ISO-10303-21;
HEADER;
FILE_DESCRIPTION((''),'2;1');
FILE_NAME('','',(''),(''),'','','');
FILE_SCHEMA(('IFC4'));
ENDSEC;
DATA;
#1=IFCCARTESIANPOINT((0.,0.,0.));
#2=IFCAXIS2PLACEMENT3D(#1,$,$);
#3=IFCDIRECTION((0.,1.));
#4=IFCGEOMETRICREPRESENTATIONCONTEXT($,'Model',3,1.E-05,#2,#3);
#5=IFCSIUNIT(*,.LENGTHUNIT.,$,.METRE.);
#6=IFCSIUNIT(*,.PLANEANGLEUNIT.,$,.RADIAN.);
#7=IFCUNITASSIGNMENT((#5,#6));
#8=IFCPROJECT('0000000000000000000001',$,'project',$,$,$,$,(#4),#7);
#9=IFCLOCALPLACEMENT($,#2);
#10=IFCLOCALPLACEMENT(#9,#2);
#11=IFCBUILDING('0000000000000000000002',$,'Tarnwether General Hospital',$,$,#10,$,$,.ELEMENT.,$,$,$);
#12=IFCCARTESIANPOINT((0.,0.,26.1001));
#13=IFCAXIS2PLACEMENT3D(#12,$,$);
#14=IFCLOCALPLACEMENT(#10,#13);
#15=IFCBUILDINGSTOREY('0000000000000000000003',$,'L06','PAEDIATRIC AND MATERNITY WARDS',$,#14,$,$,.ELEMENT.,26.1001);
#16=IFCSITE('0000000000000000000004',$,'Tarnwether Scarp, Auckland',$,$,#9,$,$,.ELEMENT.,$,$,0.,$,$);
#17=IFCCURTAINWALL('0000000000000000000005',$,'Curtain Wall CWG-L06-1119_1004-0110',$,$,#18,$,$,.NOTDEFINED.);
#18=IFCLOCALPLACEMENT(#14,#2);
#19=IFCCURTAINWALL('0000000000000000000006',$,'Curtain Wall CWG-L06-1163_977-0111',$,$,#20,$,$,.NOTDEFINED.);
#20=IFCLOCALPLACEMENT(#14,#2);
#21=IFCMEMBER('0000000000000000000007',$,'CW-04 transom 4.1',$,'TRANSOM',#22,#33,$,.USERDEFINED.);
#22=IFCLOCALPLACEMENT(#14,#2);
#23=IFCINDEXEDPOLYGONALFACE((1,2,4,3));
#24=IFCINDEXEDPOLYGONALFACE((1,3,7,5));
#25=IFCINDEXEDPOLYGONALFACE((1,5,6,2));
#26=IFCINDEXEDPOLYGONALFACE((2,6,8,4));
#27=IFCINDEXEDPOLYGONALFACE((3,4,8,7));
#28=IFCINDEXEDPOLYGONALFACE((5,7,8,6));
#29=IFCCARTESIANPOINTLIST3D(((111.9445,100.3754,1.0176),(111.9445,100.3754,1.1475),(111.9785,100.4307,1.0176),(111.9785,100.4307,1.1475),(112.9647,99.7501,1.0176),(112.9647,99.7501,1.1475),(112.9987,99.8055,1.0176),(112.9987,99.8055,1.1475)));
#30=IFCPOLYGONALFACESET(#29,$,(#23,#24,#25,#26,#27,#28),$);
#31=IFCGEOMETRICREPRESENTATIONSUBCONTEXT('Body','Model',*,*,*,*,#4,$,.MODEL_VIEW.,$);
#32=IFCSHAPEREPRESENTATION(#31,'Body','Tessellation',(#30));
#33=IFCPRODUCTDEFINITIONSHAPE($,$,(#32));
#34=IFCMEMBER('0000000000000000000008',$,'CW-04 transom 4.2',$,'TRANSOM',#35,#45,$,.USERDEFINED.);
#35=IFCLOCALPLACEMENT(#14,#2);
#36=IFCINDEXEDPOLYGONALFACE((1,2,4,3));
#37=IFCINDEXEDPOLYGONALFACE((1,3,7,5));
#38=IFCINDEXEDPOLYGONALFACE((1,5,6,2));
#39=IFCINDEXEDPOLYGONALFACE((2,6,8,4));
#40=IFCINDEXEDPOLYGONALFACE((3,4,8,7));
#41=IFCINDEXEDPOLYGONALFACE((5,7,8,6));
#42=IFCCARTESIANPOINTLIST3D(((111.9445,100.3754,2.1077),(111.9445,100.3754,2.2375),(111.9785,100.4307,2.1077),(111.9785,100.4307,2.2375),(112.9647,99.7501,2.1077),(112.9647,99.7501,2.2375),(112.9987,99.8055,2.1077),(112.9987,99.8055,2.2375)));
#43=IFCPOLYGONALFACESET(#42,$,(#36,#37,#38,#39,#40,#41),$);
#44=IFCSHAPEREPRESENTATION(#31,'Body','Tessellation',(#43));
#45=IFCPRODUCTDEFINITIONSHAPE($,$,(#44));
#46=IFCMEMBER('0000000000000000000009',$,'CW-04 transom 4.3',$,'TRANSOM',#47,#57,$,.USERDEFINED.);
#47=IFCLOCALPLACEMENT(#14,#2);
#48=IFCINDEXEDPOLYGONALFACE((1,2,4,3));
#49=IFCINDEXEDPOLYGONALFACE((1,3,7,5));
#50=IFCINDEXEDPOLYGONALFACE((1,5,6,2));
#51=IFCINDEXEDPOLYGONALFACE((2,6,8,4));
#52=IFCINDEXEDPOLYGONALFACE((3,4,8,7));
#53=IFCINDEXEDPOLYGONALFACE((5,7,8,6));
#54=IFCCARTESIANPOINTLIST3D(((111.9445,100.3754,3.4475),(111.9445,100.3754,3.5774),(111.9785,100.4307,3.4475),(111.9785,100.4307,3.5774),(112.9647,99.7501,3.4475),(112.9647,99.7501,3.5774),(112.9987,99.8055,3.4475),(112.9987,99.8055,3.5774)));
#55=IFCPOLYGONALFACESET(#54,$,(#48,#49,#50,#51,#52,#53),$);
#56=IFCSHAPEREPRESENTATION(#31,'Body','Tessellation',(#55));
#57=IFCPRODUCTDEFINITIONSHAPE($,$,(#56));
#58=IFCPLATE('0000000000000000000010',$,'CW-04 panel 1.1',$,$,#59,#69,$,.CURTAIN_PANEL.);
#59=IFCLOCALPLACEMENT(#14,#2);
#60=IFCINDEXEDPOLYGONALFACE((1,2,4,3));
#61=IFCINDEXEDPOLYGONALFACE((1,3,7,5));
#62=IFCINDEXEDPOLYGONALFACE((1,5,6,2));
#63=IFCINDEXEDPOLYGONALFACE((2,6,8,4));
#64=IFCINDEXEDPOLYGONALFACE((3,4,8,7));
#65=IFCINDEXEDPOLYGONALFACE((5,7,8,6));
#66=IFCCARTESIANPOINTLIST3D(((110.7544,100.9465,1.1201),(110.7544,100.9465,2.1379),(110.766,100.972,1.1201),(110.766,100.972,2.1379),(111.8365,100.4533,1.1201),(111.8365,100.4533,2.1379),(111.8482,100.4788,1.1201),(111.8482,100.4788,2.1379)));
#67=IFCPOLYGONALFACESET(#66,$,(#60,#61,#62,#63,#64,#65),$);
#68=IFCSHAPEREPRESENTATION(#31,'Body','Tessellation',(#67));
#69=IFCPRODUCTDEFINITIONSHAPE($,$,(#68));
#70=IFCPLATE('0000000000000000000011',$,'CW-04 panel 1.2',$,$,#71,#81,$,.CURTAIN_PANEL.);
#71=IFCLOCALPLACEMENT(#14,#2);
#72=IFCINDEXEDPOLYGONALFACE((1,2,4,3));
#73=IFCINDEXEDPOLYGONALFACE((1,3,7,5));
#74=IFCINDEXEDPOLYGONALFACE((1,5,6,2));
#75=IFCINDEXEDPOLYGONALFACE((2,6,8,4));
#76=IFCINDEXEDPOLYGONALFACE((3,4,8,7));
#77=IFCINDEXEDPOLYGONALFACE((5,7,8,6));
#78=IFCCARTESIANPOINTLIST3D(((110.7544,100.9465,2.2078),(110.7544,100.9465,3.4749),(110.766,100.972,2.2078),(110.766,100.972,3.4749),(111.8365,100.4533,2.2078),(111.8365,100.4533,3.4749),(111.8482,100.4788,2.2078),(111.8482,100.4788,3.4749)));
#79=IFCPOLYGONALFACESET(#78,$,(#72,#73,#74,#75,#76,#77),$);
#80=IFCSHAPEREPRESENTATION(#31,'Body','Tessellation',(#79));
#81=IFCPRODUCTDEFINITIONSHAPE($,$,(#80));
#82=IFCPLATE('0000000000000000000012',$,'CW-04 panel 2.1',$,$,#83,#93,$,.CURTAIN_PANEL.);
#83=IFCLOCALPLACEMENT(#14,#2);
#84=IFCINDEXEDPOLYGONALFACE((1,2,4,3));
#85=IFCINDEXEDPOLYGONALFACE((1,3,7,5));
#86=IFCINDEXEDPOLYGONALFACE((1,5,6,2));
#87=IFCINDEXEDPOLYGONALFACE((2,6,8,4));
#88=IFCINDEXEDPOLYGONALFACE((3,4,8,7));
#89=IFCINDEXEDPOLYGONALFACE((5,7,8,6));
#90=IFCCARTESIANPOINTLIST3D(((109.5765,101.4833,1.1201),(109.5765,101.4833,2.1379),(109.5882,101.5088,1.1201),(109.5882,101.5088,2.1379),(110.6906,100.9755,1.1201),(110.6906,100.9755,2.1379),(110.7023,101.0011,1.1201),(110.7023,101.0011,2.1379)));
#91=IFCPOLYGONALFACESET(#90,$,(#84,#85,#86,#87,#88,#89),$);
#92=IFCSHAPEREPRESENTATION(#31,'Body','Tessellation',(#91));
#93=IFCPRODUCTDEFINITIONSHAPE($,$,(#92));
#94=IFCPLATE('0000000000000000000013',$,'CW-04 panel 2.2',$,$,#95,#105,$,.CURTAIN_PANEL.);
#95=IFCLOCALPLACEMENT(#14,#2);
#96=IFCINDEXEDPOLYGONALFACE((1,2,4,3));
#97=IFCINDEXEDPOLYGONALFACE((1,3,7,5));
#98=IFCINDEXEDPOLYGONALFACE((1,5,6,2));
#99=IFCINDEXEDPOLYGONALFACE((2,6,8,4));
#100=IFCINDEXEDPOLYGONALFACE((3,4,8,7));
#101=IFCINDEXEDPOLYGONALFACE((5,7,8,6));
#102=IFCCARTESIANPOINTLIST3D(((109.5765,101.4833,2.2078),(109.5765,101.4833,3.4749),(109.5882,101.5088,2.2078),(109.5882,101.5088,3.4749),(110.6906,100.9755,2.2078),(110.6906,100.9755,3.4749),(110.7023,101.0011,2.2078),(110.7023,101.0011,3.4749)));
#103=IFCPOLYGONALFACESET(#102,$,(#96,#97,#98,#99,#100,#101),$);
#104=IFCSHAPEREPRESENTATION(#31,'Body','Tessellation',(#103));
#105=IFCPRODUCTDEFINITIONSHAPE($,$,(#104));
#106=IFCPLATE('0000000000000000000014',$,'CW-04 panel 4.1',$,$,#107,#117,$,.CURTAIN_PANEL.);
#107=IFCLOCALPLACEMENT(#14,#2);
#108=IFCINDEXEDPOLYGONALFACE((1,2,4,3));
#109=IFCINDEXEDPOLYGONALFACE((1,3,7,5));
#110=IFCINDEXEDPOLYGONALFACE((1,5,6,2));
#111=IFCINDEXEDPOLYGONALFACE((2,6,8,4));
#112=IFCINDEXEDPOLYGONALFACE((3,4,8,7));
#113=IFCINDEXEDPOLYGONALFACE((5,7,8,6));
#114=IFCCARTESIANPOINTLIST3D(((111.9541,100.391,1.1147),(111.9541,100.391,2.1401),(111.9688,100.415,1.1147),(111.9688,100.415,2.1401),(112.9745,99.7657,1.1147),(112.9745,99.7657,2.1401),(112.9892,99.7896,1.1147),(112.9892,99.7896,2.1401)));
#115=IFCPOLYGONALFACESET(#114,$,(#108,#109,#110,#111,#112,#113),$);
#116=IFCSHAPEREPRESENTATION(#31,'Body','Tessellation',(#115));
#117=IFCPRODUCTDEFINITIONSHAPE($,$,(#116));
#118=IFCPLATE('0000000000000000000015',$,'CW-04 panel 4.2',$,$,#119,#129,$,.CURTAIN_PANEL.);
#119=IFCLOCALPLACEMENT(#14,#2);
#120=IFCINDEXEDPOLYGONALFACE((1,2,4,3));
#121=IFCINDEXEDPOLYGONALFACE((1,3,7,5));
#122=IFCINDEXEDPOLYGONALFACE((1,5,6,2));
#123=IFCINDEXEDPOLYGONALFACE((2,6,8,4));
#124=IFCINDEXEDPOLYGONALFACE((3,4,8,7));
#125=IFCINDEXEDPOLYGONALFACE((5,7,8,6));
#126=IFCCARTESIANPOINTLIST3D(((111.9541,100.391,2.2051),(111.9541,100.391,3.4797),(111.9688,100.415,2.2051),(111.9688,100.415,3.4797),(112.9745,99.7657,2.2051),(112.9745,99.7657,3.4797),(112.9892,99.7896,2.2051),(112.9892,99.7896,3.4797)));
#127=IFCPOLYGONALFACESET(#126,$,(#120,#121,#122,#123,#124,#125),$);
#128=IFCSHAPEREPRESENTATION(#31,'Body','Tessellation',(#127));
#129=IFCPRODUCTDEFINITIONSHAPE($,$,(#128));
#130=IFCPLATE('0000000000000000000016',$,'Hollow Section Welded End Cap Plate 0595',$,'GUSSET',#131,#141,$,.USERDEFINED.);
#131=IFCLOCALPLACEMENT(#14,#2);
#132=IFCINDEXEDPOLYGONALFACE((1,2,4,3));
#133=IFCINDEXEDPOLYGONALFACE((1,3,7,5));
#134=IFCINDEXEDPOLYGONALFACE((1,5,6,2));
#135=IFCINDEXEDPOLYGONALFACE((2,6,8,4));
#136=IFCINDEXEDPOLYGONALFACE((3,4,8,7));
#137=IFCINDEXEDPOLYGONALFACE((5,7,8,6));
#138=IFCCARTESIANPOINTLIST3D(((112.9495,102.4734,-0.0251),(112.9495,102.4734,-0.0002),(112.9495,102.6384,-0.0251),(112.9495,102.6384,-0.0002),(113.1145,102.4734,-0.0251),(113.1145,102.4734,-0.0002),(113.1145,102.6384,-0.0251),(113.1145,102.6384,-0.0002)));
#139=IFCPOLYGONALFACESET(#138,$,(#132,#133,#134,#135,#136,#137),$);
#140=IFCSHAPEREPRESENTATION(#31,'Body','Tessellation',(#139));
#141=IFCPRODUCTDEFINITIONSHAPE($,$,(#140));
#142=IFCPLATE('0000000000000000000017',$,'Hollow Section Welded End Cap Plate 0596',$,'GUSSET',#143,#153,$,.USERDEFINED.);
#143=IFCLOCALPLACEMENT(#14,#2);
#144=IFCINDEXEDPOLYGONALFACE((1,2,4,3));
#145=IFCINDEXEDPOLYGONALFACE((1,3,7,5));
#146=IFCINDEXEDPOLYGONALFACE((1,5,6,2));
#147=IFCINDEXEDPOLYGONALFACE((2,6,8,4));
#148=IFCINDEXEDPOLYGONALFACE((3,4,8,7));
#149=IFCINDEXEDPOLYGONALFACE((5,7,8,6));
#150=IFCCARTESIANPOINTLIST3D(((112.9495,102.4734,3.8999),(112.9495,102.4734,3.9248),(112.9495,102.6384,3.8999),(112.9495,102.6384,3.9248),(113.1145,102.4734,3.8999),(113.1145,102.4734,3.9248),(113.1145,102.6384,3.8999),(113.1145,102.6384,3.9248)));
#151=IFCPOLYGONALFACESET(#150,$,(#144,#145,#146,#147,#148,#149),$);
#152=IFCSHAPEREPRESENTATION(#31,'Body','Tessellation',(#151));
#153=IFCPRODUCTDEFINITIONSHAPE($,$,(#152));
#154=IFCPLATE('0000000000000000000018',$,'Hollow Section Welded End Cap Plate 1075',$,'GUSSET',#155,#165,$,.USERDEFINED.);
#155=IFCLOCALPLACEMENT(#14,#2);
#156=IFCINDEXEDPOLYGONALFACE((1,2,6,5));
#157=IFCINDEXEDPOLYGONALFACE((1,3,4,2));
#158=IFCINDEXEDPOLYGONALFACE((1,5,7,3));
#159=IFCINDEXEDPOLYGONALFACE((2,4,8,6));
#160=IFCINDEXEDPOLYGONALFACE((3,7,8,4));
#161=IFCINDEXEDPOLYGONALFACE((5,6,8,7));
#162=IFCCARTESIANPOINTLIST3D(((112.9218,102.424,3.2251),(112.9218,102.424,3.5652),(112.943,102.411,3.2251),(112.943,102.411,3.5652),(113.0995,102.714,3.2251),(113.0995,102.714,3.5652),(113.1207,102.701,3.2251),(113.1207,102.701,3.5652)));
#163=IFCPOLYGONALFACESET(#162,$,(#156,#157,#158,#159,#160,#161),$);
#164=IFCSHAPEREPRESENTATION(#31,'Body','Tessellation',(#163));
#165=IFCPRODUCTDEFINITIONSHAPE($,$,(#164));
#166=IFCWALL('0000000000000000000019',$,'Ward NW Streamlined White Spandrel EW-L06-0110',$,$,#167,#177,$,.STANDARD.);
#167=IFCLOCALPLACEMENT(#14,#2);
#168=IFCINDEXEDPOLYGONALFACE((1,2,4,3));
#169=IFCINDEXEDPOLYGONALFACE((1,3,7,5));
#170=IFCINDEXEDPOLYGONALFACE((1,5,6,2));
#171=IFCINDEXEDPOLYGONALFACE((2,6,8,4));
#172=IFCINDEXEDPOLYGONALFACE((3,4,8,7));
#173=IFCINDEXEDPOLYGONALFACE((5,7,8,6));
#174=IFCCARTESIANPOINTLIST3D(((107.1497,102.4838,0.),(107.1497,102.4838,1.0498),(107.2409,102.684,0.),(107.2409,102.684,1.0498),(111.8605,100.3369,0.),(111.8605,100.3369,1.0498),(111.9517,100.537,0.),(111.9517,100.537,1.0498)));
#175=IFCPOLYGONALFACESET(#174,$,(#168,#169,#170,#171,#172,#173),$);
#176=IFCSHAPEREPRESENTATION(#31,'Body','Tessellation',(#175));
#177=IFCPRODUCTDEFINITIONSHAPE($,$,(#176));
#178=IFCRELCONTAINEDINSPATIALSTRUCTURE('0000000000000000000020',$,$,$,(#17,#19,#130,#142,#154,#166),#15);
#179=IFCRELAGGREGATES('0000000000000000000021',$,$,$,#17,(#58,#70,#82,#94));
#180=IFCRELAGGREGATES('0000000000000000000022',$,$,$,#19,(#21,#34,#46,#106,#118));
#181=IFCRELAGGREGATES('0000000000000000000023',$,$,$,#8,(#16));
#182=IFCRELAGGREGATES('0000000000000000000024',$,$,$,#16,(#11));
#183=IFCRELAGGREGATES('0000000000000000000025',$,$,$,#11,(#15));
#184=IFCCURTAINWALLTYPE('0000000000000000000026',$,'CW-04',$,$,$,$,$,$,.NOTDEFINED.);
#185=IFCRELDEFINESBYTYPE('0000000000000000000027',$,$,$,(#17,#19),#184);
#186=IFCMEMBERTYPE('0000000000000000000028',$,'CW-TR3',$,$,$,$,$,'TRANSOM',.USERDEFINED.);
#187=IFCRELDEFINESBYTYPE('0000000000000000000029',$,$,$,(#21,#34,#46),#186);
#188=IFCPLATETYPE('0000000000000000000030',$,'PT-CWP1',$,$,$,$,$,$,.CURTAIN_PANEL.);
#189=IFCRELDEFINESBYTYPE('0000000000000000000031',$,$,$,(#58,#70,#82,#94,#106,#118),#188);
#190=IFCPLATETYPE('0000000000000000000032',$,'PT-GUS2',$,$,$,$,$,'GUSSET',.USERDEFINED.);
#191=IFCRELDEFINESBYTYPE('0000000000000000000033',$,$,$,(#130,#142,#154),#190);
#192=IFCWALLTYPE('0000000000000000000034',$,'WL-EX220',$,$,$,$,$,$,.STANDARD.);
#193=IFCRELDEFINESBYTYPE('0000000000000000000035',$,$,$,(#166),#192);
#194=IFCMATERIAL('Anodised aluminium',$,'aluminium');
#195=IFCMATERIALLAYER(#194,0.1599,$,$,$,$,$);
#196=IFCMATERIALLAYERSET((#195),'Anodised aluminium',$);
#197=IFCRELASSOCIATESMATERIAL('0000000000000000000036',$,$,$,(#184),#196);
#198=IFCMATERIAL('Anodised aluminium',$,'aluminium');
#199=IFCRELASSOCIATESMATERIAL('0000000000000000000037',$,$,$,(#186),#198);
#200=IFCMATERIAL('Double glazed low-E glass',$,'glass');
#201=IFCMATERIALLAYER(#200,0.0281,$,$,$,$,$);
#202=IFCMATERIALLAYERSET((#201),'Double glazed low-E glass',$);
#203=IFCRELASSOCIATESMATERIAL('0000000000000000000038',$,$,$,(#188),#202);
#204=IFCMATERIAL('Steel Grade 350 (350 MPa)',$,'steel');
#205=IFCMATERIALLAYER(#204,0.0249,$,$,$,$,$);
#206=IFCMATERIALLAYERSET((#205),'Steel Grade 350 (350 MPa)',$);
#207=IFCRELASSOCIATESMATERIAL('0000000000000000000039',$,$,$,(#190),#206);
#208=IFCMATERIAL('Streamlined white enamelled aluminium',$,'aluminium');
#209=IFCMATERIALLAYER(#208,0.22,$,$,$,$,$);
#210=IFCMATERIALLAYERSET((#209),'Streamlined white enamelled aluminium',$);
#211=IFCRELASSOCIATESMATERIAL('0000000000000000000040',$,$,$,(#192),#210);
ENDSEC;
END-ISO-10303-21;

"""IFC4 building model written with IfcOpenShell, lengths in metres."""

from ifc_helpers import new_model, si_unit, direction, frame, frame_2d, origin, origin_2d, place, context, subcontext, project, spatial, rectangle, extrude, material, layer, layer_set, material_profile, profile_set, type_object, element, aggregate, save


model = new_model("IFC4")

# Units and contexts
model_context = context("Model", 3, precision=1e-05, world=origin(), true_north=direction((0.0, 1.0)))
body_context = subcontext(model_context, "Body", "Model", "MODEL_VIEW")
ifc_project = project(units=[si_unit("LENGTHUNIT", "METRE"), si_unit("PLANEANGLEUNIT", "RADIAN")], contexts=[model_context])

# Site, building, storey
site_placement = place(None, origin())
site = spatial("IfcSite", under=ifc_project, at=site_placement, Name="Tarnwether Scarp, Auckland", CompositionType="ELEMENT", RefElevation=0.0)
building_placement = place(site_placement, origin())
building = spatial("IfcBuilding", under=site, at=building_placement, Name="Tarnwether General Hospital", CompositionType="ELEMENT")
storey_placement = place(building_placement, frame((0.0, 0.0, 26.1001)))
storey = spatial("IfcBuildingStorey", under=building, at=storey_placement, Name="L06", Description="PAEDIATRIC AND MATERNITY WARDS", CompositionType="ELEMENT", Elevation=26.1001)

# Curtain walls
ifc_material_1 = material(Name="Anodised aluminium", Category="aluminium")
ifc_layer_1 = layer(ifc_material_1, 0.1599)
ifc_layer_set_1 = layer_set([ifc_layer_1], Name="Anodised aluminium")
curtain_wall_type = type_object("IfcCurtainWallType", Name="CW-04", PredefinedType="NOTDEFINED", material=ifc_layer_set_1)
curtain_wall_1_placement = place(storey_placement, origin())
curtain_wall_1 = element("IfcCurtainWall", 1, at=curtain_wall_1_placement, inside=storey, type_object=curtain_wall_type, Name="Curtain Wall CWG-L06-1119_1004-0110", PredefinedType="NOTDEFINED")
curtain_wall_2_placement = place(storey_placement, origin())
curtain_wall_2 = element("IfcCurtainWall", 2, at=curtain_wall_2_placement, inside=storey, type_object=curtain_wall_type, Name="Curtain Wall CWG-L06-1163_977-0111", PredefinedType="NOTDEFINED")

# Members
ifc_material_2 = material(Name="Anodised aluminium", Category="aluminium")
ifc_material_profile_1 = material_profile(ifc_material_2, rectangle(XDim=0.0649, YDim=0.1299, at=origin_2d()), Name="ALU-TRN-65x130")
ifc_profile_set_1 = profile_set([ifc_material_profile_1], Name="Anodised aluminium")
member_type_1 = type_object("IfcMemberType", Name="CW-TR3", ElementType="TRANSOM", PredefinedType="USERDEFINED", material=ifc_profile_set_1)
member_1_placement = place(storey_placement, frame((112.9817, 99.7778, 1.0825), z_axis=(-0.852631, 0.522514, 0.0), x_axis=(-0.522514, -0.852631, 0.0)))
member_1 = element("IfcMember", 3, at=member_1_placement, type_object=member_type_1, Name="CW-04 transom 4.1", ObjectType="TRANSOM", PredefinedType="USERDEFINED", context=body_context, shape_type="SweptSolid", body=[
    extrude(rectangle(XDim=0.0649, YDim=0.1299, at=origin_2d()), origin(), (0.0, 0.0, 1.0), 1.1965),
])
member_2_placement = place(storey_placement, frame((112.9817, 99.7778, 2.1726), z_axis=(-0.852631, 0.522514, 0.0), x_axis=(-0.522514, -0.852631, 0.0)))
member_2 = element("IfcMember", 4, at=member_2_placement, type_object=member_type_1, Name="CW-04 transom 4.2", ObjectType="TRANSOM", PredefinedType="USERDEFINED", context=body_context, shape_type="SweptSolid", body=[
    extrude(rectangle(XDim=0.0649, YDim=0.1299, at=origin_2d()), origin(), (0.0, 0.0, 1.0), 1.1965),
])
member_3_placement = place(storey_placement, frame((112.9817, 99.7778, 3.5125), z_axis=(-0.852631, 0.522514, 0.0), x_axis=(-0.522514, -0.852631, 0.0)))
member_3 = element("IfcMember", 5, at=member_3_placement, type_object=member_type_1, Name="CW-04 transom 4.3", ObjectType="TRANSOM", PredefinedType="USERDEFINED", context=body_context, shape_type="SweptSolid", body=[
    extrude(rectangle(XDim=0.0649, YDim=0.1299, at=origin_2d()), origin(), (0.0, 0.0, 1.0), 1.1965),
])

# Plates
ifc_material_3 = material(Name="Double glazed low-E glass", Category="glass")
ifc_layer_2 = layer(ifc_material_3, 0.0281)
ifc_layer_set_2 = layer_set([ifc_layer_2], Name="Double glazed low-E glass")
plate_type_1 = type_object("IfcPlateType", Name="PT-CWP1", PredefinedType="CURTAIN_PANEL", material=ifc_layer_set_2)
plate_1_placement = place(storey_placement, frame((111.3013, 100.7126, 1.1201), z_axis=(0.0, 0.0, 1.0), x_axis=(-0.909956, 0.414705, 0.0)))
plate_1 = element("IfcPlate", 6, at=plate_1_placement, type_object=plate_type_1, Name="CW-04 panel 1.1", PredefinedType="CURTAIN_PANEL", context=body_context, shape_type="SweptSolid", body=[
    extrude(rectangle(XDim=1.1892, YDim=0.0281, at=origin_2d()), origin(), (0.0, 0.0, 1.0), 1.0178),
])
plate_2_placement = place(storey_placement, frame((111.3013, 100.7126, 2.2078), z_axis=(0.0, 0.0, 1.0), x_axis=(-0.909956, 0.414705, 0.0)))
plate_2 = element("IfcPlate", 7, at=plate_2_placement, type_object=plate_type_1, Name="CW-04 panel 1.2", PredefinedType="CURTAIN_PANEL", context=body_context, shape_type="SweptSolid", body=[
    extrude(rectangle(XDim=1.1892, YDim=0.0281, at=origin_2d()), origin(), (0.0, 0.0, 1.0), 1.2671),
])
plate_3_placement = place(storey_placement, frame((110.1394, 101.2422, 1.1201), z_axis=(0.0, 0.0, 1.0), x_axis=(-0.909956, 0.414705, 0.0)))
plate_3 = element("IfcPlate", 8, at=plate_3_placement, type_object=plate_type_1, Name="CW-04 panel 2.1", PredefinedType="CURTAIN_PANEL", context=body_context, shape_type="SweptSolid", body=[
    extrude(rectangle(XDim=1.2244, YDim=0.0281, at=origin_2d()), origin(), (0.0, 0.0, 1.0), 1.0178),
])
plate_4_placement = place(storey_placement, frame((110.1394, 101.2422, 2.2078), z_axis=(0.0, 0.0, 1.0), x_axis=(-0.909956, 0.414705, 0.0)))
plate_4 = element("IfcPlate", 9, at=plate_4_placement, type_object=plate_type_1, Name="CW-04 panel 2.2", PredefinedType="CURTAIN_PANEL", context=body_context, shape_type="SweptSolid", body=[
    extrude(rectangle(XDim=1.2244, YDim=0.0281, at=origin_2d()), origin(), (0.0, 0.0, 1.0), 1.2671),
])
aggregate(curtain_wall_1, [plate_1, plate_2, plate_3, plate_4])
plate_5_placement = place(storey_placement, frame((112.4717, 100.0903, 1.1147), z_axis=(0.0, 0.0, 1.0), x_axis=(-0.852632, 0.522512, 0.0)))
plate_5 = element("IfcPlate", 10, at=plate_5_placement, type_object=plate_type_1, Name="CW-04 panel 4.1", PredefinedType="CURTAIN_PANEL", context=body_context, shape_type="SweptSolid", body=[
    extrude(rectangle(XDim=1.1968, YDim=0.0281, at=origin_2d()), origin(), (0.0, 0.0, 1.0), 1.0254),
])
plate_6_placement = place(storey_placement, frame((112.4717, 100.0903, 2.2051), z_axis=(0.0, 0.0, 1.0), x_axis=(-0.852632, 0.522512, 0.0)))
plate_6 = element("IfcPlate", 11, at=plate_6_placement, type_object=plate_type_1, Name="CW-04 panel 4.2", PredefinedType="CURTAIN_PANEL", context=body_context, shape_type="SweptSolid", body=[
    extrude(rectangle(XDim=1.1968, YDim=0.0281, at=origin_2d()), origin(), (0.0, 0.0, 1.0), 1.2747),
])
aggregate(curtain_wall_2, [member_1, member_2, member_3, plate_5, plate_6])

# Plates
ifc_material_4 = material(Name="Steel Grade 350 (350 MPa)", Category="steel")
ifc_layer_3 = layer(ifc_material_4, 0.0249)
ifc_layer_set_3 = layer_set([ifc_layer_3], Name="Steel Grade 350 (350 MPa)")
plate_type_2 = type_object("IfcPlateType", Name="PT-GUS2", ElementType="GUSSET", PredefinedType="USERDEFINED", material=ifc_layer_set_3)
for number, where, z_axis, x_axis, name in (
    (12, (113.032, 102.5559, -0.0251), (0.0, 0.0, 1.0), (1.0, 0.0, 0.0), "Hollow Section Welded End Cap Plate 0595"),
    (13, (113.032, 102.5559, 3.8999), (0.0, 0.0, 1.0), (1.0, 0.0, 0.0), "Hollow Section Welded End Cap Plate 0596"),
):
    element("IfcPlate", number, at=place(storey_placement, frame(where, z_axis=z_axis, x_axis=x_axis)), inside=storey, type_object=plate_type_2, Name=name, ObjectType="GUSSET", PredefinedType="USERDEFINED", context=body_context, shape_type="SweptSolid", body=[
        extrude(rectangle(XDim=0.165, YDim=0.165, at=origin_2d()), origin(), (0.0, 0.0, 1.0), 0.0249),
    ])
plate_7_placement = place(storey_placement, frame((113.0212, 102.5625, 3.2251), z_axis=(0.0, 0.0, 1.0), x_axis=(0.852649, -0.522484, 0.0)))
element("IfcPlate", 14, at=plate_7_placement, inside=storey, type_object=plate_type_2, Name="Hollow Section Welded End Cap Plate 1075", ObjectType="GUSSET", PredefinedType="USERDEFINED", context=body_context, shape_type="SweptSolid", body=[
    extrude(rectangle(XDim=0.0249, YDim=0.3401, at=origin_2d()), origin(), (0.0, 0.0, 1.0), 0.3401),
])

# Wall
ifc_material_5 = material(Name="Streamlined white enamelled aluminium", Category="aluminium")
ifc_layer_4 = layer(ifc_material_5, 0.22)
ifc_layer_set_4 = layer_set([ifc_layer_4], Name="Streamlined white enamelled aluminium")
wall_type_1 = type_object("IfcWallType", Name="WL-EX220", PredefinedType="STANDARD", material=ifc_layer_set_4)
wall_1_placement = place(storey_placement, frame((111.906, 100.437, 0.0), z_axis=(0.0, 0.0, 1.0), x_axis=(-0.909956, 0.414705, 0.0)))
element("IfcWall", 15, at=wall_1_placement, inside=storey, type_object=wall_type_1, Name="Ward NW Streamlined White Spandrel EW-L06-0110", PredefinedType="STANDARD", context=body_context, shape_type="SweptSolid", body=[
    extrude(rectangle(XDim=5.177, YDim=0.22, at=frame_2d((2.5884, 0.0))), origin(), (0.0, 0.0, 1.0), 1.0498),
])

save(model, "model.ifc")
